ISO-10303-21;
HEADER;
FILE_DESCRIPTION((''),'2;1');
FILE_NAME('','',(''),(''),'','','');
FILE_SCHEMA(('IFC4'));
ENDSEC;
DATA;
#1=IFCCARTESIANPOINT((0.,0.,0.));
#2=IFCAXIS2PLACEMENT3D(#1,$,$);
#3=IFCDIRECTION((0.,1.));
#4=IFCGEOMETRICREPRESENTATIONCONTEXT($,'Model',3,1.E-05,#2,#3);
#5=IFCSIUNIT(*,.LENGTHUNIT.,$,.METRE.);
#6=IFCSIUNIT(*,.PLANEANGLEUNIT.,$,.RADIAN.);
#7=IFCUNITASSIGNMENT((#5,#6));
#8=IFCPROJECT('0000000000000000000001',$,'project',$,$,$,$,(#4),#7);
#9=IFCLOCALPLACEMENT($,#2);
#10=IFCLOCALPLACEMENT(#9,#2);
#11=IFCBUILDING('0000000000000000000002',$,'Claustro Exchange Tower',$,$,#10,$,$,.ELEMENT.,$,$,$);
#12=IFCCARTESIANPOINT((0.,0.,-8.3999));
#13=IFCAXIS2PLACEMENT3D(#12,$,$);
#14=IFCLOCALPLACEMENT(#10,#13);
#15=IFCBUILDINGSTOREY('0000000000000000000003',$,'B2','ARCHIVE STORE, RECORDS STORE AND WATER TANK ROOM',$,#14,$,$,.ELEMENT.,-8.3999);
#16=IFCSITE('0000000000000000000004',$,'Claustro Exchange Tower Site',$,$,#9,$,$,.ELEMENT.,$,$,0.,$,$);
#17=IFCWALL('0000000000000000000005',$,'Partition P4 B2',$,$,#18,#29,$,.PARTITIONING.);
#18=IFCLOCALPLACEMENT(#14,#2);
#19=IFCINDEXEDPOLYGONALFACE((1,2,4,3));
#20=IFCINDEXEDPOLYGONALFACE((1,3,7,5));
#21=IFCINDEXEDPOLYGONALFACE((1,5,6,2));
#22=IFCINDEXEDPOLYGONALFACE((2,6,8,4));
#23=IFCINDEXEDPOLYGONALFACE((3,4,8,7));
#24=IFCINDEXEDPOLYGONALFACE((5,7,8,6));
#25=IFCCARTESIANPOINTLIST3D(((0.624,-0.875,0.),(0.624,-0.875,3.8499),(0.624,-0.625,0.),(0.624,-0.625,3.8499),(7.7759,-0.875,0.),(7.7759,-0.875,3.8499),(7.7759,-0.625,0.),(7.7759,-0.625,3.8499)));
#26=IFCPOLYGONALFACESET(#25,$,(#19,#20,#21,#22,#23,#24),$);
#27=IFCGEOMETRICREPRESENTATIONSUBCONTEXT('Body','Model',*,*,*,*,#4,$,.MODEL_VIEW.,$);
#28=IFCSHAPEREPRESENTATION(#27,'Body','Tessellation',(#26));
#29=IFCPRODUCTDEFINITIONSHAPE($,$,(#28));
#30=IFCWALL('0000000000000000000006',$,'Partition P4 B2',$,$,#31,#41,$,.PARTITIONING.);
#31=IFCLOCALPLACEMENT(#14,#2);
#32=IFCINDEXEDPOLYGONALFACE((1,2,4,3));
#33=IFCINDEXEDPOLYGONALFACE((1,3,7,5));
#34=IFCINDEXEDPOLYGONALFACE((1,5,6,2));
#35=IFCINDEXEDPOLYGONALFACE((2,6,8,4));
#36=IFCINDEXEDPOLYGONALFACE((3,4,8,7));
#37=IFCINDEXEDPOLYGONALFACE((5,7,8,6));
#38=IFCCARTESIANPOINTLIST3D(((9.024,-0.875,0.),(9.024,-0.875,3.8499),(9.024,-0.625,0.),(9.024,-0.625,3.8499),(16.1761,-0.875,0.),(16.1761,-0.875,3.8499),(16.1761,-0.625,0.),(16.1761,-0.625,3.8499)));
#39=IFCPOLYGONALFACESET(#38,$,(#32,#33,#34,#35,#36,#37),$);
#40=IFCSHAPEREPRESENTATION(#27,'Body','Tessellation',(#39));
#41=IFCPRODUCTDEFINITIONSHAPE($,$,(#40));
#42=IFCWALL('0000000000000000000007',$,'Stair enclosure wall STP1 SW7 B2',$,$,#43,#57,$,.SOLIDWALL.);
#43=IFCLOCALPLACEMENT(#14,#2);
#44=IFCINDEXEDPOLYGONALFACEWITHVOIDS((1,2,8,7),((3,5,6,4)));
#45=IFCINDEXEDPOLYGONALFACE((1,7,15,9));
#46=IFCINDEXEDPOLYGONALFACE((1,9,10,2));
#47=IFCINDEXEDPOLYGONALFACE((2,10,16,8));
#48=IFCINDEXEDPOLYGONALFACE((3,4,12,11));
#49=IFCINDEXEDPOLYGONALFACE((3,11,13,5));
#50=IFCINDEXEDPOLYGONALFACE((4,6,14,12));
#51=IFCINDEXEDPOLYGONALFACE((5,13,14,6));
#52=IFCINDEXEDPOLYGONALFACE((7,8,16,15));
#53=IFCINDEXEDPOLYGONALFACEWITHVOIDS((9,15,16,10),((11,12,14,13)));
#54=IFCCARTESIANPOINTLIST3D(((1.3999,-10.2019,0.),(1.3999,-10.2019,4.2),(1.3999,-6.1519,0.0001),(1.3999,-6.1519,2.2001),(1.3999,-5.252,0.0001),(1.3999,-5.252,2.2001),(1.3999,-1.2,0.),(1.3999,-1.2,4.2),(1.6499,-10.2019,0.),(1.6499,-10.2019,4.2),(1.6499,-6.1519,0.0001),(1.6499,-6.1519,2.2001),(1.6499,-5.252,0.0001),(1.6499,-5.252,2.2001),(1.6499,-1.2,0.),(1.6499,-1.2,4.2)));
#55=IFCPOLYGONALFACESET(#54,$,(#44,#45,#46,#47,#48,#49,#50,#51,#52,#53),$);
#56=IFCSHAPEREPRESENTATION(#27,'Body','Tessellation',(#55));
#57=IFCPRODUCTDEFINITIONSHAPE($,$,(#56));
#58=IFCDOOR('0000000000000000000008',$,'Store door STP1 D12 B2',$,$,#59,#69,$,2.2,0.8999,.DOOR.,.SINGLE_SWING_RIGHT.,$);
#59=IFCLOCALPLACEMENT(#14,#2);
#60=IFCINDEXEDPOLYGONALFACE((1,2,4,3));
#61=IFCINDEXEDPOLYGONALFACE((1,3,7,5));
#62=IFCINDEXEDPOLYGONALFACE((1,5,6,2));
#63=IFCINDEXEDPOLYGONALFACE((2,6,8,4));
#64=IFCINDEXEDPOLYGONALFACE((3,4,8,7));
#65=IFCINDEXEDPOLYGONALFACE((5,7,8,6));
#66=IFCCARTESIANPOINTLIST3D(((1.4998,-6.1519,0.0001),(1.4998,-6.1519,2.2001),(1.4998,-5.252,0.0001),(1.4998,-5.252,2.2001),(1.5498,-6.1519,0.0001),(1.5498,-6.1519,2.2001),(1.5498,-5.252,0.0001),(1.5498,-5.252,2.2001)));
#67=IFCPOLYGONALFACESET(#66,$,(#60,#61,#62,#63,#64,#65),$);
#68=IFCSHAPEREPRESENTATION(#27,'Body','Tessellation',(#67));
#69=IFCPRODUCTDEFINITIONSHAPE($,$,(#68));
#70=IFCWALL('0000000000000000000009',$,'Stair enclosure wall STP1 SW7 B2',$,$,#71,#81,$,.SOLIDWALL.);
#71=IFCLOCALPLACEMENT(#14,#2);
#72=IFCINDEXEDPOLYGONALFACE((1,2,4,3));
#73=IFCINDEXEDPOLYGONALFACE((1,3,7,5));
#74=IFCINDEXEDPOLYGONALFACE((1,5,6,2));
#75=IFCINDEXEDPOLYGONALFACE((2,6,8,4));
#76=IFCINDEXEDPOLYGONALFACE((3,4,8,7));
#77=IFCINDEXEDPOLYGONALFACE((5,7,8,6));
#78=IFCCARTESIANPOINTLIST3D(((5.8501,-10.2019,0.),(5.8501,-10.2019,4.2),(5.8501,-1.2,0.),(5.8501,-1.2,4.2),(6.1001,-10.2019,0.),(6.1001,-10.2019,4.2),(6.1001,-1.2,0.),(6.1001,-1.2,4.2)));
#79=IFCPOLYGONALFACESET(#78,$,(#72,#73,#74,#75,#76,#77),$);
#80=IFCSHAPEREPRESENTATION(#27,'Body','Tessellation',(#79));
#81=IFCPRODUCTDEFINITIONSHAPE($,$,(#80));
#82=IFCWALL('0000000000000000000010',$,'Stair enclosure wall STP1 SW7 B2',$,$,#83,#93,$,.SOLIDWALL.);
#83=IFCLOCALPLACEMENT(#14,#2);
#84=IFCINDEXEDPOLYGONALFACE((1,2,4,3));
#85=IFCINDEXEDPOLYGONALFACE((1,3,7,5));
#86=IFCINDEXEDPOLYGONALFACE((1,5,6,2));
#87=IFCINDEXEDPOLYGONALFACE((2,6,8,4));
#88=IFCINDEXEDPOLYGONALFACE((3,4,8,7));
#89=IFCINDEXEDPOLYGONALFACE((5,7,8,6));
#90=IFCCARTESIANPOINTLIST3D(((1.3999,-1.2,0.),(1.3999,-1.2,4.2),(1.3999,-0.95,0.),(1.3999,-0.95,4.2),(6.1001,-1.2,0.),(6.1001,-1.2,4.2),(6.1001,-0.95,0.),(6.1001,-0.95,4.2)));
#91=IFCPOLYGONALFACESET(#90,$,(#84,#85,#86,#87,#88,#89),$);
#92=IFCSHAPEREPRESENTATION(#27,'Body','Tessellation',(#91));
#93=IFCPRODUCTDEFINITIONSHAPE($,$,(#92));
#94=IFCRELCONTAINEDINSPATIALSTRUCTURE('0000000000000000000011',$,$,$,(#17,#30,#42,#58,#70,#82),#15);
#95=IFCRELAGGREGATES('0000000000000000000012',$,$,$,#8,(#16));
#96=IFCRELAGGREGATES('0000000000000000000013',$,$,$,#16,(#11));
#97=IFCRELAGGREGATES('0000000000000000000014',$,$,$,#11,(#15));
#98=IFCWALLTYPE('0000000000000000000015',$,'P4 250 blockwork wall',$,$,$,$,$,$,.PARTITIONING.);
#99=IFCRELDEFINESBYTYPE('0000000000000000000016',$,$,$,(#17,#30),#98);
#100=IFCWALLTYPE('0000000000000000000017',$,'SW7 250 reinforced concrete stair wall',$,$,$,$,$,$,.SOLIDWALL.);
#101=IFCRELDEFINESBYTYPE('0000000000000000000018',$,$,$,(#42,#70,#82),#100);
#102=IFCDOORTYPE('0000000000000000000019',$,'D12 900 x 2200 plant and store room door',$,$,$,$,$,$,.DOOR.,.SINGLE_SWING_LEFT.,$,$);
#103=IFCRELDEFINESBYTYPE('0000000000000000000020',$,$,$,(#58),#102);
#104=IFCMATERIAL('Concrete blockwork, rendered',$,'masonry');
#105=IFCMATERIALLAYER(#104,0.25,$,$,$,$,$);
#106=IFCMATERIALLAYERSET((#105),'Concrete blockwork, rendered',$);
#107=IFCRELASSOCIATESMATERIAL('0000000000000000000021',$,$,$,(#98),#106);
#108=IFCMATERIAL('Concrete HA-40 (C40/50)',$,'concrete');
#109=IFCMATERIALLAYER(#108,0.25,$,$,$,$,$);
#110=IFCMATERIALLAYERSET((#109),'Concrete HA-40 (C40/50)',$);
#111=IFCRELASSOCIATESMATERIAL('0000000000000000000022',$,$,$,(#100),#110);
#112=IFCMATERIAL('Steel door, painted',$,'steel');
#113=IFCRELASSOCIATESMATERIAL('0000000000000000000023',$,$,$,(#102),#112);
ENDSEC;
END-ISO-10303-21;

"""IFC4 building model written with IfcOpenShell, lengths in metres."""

from ifc_helpers import new_model, si_unit, direction, frame, frame_2d, origin, place, context, subcontext, project, spatial, rectangle, extrude, material, layer, layer_set, type_object, element, fill, save


model = new_model("IFC4")

# Units and contexts
model_context = context("Model", 3, precision=1e-05, world=origin(), true_north=direction((0.0, 1.0)))
body_context = subcontext(model_context, "Body", "Model", "MODEL_VIEW")
ifc_project = project(units=[si_unit("LENGTHUNIT", "METRE"), si_unit("PLANEANGLEUNIT", "RADIAN")], contexts=[model_context])

# Site, building, storey
site_placement = place(None, origin())
site = spatial("IfcSite", under=ifc_project, at=site_placement, Name="Claustro Exchange Tower Site", CompositionType="ELEMENT", RefElevation=0.0)
building_placement = place(site_placement, origin())
building = spatial("IfcBuilding", under=site, at=building_placement, Name="Claustro Exchange Tower", CompositionType="ELEMENT")
storey_placement = place(building_placement, frame((0.0, 0.0, -8.3999)))
storey = spatial("IfcBuildingStorey", under=building, at=storey_placement, Name="B2", Description="ARCHIVE STORE, RECORDS STORE AND WATER TANK ROOM", CompositionType="ELEMENT", Elevation=-8.3999)

# Walls
ifc_material_1 = material(Name="Concrete blockwork, rendered", Category="masonry")
ifc_layer_1 = layer(ifc_material_1, 0.25)
ifc_layer_set_1 = layer_set([ifc_layer_1], Name="Concrete blockwork, rendered")
wall_type_1 = type_object("IfcWallType", Name="P4 250 blockwork wall", PredefinedType="PARTITIONING", material=ifc_layer_set_1)
wall_1_placement = place(storey_placement, frame((0.624, -0.75, 0.0), z_axis=(0.0, 0.0, 1.0), x_axis=(1.0, 0.0, 0.0)))
element("IfcWall", 1, at=wall_1_placement, inside=storey, type_object=wall_type_1, Name="Partition P4 B2", PredefinedType="PARTITIONING", context=body_context, shape_type="SweptSolid", body=[
    extrude(rectangle(XDim=7.1519, YDim=0.25, at=frame_2d((3.5759, 0.0))), origin(), (0.0, 0.0, 1.0), 3.8499),
])
wall_2_placement = place(storey_placement, frame((9.0239, -0.75, 0.0), z_axis=(0.0, 0.0, 1.0), x_axis=(1.0, 0.0, 0.0)))
element("IfcWall", 2, at=wall_2_placement, inside=storey, type_object=wall_type_1, Name="Partition P4 B2", PredefinedType="PARTITIONING", context=body_context, shape_type="SweptSolid", body=[
    extrude(rectangle(XDim=7.1521, YDim=0.25, at=frame_2d((3.5762, 0.0))), origin(), (0.0, 0.0, 1.0), 3.8499),
])

# Wall, opening, door
ifc_material_2 = material(Name="Concrete HA-40 (C40/50)", Category="concrete")
ifc_layer_2 = layer(ifc_material_2, 0.25)
ifc_layer_set_2 = layer_set([ifc_layer_2], Name="Concrete HA-40 (C40/50)")
wall_type_2 = type_object("IfcWallType", Name="SW7 250 reinforced concrete stair wall", PredefinedType="SOLIDWALL", material=ifc_layer_set_2)
wall_3_placement = place(storey_placement, frame((1.5249, -10.2019, 0.0), z_axis=(0.0, 0.0, 1.0), x_axis=(0.0, 1.0, 0.0)))
wall_3 = element("IfcWall", 3, at=wall_3_placement, inside=storey, type_object=wall_type_2, Name="Stair enclosure wall STP1 SW7 B2", PredefinedType="SOLIDWALL", context=body_context, shape_type="SweptSolid", body=[
    extrude(rectangle(XDim=9.002, YDim=0.25, at=frame_2d((4.501, 0.0))), origin(), (0.0, 0.0, 1.0), 4.2),
])
opening_1_placement = place(wall_3_placement, frame((4.05, 0.0, 0.0)))
opening_1 = element("IfcOpeningElement", 4, at=opening_1_placement, cuts=wall_3, PredefinedType="OPENING", context=body_context, shape_type="SweptSolid", body=[
    extrude(rectangle(XDim=0.8999, YDim=2.2, at=frame_2d((0.45, 1.1001))), frame((0.0, 0.135, 0.0), z_axis=(0.0, -1.0, 0.0), x_axis=(1.0, 0.0, 0.0)), (0.0, 0.0, 1.0), 0.27),
])
ifc_material_3 = material(Name="Steel door, painted", Category="steel")
door_type_1 = type_object("IfcDoorType", Name="D12 900 x 2200 plant and store room door", OperationType="SINGLE_SWING_LEFT", PredefinedType="DOOR", material=ifc_material_3)
door_1_placement = place(opening_1_placement, frame((0.8999, 0.0, 0.0), z_axis=(0.0, 0.0, 1.0), x_axis=(-1.0, 0.0, 0.0)))
door_1 = element("IfcDoor", 5, at=door_1_placement, inside=storey, type_object=door_type_1, Name="Store door STP1 D12 B2", OperationType="SINGLE_SWING_RIGHT", OverallHeight=2.2, OverallWidth=0.8999, PredefinedType="DOOR", context=body_context, shape_type="SweptSolid", body=[
    extrude(rectangle(XDim=0.8999, YDim=2.2, at=frame_2d((0.45, 1.1001))), frame((0.0, 0.0249, 0.0), z_axis=(0.0, -1.0, 0.0), x_axis=(1.0, 0.0, 0.0)), (0.0, 0.0, 1.0), 0.05),
])
fill(opening_1, door_1)

# Walls
wall_4_placement = place(storey_placement, frame((5.9751, -10.2019, 0.0), z_axis=(0.0, 0.0, 1.0), x_axis=(0.0, 1.0, 0.0)))
element("IfcWall", 6, at=wall_4_placement, inside=storey, type_object=wall_type_2, Name="Stair enclosure wall STP1 SW7 B2", PredefinedType="SOLIDWALL", context=body_context, shape_type="SweptSolid", body=[
    extrude(rectangle(XDim=9.002, YDim=0.25, at=frame_2d((4.501, 0.0))), origin(), (0.0, 0.0, 1.0), 4.2),
])
wall_5_placement = place(storey_placement, frame((1.3999, -1.075, 0.0), z_axis=(0.0, 0.0, 1.0), x_axis=(1.0, 0.0, 0.0)))
element("IfcWall", 7, at=wall_5_placement, inside=storey, type_object=wall_type_2, Name="Stair enclosure wall STP1 SW7 B2", PredefinedType="SOLIDWALL", context=body_context, shape_type="SweptSolid", body=[
    extrude(rectangle(XDim=4.7002, YDim=0.25, at=frame_2d((2.3501, 0.0))), origin(), (0.0, 0.0, 1.0), 4.2),
])

save(model, "model.ifc")
